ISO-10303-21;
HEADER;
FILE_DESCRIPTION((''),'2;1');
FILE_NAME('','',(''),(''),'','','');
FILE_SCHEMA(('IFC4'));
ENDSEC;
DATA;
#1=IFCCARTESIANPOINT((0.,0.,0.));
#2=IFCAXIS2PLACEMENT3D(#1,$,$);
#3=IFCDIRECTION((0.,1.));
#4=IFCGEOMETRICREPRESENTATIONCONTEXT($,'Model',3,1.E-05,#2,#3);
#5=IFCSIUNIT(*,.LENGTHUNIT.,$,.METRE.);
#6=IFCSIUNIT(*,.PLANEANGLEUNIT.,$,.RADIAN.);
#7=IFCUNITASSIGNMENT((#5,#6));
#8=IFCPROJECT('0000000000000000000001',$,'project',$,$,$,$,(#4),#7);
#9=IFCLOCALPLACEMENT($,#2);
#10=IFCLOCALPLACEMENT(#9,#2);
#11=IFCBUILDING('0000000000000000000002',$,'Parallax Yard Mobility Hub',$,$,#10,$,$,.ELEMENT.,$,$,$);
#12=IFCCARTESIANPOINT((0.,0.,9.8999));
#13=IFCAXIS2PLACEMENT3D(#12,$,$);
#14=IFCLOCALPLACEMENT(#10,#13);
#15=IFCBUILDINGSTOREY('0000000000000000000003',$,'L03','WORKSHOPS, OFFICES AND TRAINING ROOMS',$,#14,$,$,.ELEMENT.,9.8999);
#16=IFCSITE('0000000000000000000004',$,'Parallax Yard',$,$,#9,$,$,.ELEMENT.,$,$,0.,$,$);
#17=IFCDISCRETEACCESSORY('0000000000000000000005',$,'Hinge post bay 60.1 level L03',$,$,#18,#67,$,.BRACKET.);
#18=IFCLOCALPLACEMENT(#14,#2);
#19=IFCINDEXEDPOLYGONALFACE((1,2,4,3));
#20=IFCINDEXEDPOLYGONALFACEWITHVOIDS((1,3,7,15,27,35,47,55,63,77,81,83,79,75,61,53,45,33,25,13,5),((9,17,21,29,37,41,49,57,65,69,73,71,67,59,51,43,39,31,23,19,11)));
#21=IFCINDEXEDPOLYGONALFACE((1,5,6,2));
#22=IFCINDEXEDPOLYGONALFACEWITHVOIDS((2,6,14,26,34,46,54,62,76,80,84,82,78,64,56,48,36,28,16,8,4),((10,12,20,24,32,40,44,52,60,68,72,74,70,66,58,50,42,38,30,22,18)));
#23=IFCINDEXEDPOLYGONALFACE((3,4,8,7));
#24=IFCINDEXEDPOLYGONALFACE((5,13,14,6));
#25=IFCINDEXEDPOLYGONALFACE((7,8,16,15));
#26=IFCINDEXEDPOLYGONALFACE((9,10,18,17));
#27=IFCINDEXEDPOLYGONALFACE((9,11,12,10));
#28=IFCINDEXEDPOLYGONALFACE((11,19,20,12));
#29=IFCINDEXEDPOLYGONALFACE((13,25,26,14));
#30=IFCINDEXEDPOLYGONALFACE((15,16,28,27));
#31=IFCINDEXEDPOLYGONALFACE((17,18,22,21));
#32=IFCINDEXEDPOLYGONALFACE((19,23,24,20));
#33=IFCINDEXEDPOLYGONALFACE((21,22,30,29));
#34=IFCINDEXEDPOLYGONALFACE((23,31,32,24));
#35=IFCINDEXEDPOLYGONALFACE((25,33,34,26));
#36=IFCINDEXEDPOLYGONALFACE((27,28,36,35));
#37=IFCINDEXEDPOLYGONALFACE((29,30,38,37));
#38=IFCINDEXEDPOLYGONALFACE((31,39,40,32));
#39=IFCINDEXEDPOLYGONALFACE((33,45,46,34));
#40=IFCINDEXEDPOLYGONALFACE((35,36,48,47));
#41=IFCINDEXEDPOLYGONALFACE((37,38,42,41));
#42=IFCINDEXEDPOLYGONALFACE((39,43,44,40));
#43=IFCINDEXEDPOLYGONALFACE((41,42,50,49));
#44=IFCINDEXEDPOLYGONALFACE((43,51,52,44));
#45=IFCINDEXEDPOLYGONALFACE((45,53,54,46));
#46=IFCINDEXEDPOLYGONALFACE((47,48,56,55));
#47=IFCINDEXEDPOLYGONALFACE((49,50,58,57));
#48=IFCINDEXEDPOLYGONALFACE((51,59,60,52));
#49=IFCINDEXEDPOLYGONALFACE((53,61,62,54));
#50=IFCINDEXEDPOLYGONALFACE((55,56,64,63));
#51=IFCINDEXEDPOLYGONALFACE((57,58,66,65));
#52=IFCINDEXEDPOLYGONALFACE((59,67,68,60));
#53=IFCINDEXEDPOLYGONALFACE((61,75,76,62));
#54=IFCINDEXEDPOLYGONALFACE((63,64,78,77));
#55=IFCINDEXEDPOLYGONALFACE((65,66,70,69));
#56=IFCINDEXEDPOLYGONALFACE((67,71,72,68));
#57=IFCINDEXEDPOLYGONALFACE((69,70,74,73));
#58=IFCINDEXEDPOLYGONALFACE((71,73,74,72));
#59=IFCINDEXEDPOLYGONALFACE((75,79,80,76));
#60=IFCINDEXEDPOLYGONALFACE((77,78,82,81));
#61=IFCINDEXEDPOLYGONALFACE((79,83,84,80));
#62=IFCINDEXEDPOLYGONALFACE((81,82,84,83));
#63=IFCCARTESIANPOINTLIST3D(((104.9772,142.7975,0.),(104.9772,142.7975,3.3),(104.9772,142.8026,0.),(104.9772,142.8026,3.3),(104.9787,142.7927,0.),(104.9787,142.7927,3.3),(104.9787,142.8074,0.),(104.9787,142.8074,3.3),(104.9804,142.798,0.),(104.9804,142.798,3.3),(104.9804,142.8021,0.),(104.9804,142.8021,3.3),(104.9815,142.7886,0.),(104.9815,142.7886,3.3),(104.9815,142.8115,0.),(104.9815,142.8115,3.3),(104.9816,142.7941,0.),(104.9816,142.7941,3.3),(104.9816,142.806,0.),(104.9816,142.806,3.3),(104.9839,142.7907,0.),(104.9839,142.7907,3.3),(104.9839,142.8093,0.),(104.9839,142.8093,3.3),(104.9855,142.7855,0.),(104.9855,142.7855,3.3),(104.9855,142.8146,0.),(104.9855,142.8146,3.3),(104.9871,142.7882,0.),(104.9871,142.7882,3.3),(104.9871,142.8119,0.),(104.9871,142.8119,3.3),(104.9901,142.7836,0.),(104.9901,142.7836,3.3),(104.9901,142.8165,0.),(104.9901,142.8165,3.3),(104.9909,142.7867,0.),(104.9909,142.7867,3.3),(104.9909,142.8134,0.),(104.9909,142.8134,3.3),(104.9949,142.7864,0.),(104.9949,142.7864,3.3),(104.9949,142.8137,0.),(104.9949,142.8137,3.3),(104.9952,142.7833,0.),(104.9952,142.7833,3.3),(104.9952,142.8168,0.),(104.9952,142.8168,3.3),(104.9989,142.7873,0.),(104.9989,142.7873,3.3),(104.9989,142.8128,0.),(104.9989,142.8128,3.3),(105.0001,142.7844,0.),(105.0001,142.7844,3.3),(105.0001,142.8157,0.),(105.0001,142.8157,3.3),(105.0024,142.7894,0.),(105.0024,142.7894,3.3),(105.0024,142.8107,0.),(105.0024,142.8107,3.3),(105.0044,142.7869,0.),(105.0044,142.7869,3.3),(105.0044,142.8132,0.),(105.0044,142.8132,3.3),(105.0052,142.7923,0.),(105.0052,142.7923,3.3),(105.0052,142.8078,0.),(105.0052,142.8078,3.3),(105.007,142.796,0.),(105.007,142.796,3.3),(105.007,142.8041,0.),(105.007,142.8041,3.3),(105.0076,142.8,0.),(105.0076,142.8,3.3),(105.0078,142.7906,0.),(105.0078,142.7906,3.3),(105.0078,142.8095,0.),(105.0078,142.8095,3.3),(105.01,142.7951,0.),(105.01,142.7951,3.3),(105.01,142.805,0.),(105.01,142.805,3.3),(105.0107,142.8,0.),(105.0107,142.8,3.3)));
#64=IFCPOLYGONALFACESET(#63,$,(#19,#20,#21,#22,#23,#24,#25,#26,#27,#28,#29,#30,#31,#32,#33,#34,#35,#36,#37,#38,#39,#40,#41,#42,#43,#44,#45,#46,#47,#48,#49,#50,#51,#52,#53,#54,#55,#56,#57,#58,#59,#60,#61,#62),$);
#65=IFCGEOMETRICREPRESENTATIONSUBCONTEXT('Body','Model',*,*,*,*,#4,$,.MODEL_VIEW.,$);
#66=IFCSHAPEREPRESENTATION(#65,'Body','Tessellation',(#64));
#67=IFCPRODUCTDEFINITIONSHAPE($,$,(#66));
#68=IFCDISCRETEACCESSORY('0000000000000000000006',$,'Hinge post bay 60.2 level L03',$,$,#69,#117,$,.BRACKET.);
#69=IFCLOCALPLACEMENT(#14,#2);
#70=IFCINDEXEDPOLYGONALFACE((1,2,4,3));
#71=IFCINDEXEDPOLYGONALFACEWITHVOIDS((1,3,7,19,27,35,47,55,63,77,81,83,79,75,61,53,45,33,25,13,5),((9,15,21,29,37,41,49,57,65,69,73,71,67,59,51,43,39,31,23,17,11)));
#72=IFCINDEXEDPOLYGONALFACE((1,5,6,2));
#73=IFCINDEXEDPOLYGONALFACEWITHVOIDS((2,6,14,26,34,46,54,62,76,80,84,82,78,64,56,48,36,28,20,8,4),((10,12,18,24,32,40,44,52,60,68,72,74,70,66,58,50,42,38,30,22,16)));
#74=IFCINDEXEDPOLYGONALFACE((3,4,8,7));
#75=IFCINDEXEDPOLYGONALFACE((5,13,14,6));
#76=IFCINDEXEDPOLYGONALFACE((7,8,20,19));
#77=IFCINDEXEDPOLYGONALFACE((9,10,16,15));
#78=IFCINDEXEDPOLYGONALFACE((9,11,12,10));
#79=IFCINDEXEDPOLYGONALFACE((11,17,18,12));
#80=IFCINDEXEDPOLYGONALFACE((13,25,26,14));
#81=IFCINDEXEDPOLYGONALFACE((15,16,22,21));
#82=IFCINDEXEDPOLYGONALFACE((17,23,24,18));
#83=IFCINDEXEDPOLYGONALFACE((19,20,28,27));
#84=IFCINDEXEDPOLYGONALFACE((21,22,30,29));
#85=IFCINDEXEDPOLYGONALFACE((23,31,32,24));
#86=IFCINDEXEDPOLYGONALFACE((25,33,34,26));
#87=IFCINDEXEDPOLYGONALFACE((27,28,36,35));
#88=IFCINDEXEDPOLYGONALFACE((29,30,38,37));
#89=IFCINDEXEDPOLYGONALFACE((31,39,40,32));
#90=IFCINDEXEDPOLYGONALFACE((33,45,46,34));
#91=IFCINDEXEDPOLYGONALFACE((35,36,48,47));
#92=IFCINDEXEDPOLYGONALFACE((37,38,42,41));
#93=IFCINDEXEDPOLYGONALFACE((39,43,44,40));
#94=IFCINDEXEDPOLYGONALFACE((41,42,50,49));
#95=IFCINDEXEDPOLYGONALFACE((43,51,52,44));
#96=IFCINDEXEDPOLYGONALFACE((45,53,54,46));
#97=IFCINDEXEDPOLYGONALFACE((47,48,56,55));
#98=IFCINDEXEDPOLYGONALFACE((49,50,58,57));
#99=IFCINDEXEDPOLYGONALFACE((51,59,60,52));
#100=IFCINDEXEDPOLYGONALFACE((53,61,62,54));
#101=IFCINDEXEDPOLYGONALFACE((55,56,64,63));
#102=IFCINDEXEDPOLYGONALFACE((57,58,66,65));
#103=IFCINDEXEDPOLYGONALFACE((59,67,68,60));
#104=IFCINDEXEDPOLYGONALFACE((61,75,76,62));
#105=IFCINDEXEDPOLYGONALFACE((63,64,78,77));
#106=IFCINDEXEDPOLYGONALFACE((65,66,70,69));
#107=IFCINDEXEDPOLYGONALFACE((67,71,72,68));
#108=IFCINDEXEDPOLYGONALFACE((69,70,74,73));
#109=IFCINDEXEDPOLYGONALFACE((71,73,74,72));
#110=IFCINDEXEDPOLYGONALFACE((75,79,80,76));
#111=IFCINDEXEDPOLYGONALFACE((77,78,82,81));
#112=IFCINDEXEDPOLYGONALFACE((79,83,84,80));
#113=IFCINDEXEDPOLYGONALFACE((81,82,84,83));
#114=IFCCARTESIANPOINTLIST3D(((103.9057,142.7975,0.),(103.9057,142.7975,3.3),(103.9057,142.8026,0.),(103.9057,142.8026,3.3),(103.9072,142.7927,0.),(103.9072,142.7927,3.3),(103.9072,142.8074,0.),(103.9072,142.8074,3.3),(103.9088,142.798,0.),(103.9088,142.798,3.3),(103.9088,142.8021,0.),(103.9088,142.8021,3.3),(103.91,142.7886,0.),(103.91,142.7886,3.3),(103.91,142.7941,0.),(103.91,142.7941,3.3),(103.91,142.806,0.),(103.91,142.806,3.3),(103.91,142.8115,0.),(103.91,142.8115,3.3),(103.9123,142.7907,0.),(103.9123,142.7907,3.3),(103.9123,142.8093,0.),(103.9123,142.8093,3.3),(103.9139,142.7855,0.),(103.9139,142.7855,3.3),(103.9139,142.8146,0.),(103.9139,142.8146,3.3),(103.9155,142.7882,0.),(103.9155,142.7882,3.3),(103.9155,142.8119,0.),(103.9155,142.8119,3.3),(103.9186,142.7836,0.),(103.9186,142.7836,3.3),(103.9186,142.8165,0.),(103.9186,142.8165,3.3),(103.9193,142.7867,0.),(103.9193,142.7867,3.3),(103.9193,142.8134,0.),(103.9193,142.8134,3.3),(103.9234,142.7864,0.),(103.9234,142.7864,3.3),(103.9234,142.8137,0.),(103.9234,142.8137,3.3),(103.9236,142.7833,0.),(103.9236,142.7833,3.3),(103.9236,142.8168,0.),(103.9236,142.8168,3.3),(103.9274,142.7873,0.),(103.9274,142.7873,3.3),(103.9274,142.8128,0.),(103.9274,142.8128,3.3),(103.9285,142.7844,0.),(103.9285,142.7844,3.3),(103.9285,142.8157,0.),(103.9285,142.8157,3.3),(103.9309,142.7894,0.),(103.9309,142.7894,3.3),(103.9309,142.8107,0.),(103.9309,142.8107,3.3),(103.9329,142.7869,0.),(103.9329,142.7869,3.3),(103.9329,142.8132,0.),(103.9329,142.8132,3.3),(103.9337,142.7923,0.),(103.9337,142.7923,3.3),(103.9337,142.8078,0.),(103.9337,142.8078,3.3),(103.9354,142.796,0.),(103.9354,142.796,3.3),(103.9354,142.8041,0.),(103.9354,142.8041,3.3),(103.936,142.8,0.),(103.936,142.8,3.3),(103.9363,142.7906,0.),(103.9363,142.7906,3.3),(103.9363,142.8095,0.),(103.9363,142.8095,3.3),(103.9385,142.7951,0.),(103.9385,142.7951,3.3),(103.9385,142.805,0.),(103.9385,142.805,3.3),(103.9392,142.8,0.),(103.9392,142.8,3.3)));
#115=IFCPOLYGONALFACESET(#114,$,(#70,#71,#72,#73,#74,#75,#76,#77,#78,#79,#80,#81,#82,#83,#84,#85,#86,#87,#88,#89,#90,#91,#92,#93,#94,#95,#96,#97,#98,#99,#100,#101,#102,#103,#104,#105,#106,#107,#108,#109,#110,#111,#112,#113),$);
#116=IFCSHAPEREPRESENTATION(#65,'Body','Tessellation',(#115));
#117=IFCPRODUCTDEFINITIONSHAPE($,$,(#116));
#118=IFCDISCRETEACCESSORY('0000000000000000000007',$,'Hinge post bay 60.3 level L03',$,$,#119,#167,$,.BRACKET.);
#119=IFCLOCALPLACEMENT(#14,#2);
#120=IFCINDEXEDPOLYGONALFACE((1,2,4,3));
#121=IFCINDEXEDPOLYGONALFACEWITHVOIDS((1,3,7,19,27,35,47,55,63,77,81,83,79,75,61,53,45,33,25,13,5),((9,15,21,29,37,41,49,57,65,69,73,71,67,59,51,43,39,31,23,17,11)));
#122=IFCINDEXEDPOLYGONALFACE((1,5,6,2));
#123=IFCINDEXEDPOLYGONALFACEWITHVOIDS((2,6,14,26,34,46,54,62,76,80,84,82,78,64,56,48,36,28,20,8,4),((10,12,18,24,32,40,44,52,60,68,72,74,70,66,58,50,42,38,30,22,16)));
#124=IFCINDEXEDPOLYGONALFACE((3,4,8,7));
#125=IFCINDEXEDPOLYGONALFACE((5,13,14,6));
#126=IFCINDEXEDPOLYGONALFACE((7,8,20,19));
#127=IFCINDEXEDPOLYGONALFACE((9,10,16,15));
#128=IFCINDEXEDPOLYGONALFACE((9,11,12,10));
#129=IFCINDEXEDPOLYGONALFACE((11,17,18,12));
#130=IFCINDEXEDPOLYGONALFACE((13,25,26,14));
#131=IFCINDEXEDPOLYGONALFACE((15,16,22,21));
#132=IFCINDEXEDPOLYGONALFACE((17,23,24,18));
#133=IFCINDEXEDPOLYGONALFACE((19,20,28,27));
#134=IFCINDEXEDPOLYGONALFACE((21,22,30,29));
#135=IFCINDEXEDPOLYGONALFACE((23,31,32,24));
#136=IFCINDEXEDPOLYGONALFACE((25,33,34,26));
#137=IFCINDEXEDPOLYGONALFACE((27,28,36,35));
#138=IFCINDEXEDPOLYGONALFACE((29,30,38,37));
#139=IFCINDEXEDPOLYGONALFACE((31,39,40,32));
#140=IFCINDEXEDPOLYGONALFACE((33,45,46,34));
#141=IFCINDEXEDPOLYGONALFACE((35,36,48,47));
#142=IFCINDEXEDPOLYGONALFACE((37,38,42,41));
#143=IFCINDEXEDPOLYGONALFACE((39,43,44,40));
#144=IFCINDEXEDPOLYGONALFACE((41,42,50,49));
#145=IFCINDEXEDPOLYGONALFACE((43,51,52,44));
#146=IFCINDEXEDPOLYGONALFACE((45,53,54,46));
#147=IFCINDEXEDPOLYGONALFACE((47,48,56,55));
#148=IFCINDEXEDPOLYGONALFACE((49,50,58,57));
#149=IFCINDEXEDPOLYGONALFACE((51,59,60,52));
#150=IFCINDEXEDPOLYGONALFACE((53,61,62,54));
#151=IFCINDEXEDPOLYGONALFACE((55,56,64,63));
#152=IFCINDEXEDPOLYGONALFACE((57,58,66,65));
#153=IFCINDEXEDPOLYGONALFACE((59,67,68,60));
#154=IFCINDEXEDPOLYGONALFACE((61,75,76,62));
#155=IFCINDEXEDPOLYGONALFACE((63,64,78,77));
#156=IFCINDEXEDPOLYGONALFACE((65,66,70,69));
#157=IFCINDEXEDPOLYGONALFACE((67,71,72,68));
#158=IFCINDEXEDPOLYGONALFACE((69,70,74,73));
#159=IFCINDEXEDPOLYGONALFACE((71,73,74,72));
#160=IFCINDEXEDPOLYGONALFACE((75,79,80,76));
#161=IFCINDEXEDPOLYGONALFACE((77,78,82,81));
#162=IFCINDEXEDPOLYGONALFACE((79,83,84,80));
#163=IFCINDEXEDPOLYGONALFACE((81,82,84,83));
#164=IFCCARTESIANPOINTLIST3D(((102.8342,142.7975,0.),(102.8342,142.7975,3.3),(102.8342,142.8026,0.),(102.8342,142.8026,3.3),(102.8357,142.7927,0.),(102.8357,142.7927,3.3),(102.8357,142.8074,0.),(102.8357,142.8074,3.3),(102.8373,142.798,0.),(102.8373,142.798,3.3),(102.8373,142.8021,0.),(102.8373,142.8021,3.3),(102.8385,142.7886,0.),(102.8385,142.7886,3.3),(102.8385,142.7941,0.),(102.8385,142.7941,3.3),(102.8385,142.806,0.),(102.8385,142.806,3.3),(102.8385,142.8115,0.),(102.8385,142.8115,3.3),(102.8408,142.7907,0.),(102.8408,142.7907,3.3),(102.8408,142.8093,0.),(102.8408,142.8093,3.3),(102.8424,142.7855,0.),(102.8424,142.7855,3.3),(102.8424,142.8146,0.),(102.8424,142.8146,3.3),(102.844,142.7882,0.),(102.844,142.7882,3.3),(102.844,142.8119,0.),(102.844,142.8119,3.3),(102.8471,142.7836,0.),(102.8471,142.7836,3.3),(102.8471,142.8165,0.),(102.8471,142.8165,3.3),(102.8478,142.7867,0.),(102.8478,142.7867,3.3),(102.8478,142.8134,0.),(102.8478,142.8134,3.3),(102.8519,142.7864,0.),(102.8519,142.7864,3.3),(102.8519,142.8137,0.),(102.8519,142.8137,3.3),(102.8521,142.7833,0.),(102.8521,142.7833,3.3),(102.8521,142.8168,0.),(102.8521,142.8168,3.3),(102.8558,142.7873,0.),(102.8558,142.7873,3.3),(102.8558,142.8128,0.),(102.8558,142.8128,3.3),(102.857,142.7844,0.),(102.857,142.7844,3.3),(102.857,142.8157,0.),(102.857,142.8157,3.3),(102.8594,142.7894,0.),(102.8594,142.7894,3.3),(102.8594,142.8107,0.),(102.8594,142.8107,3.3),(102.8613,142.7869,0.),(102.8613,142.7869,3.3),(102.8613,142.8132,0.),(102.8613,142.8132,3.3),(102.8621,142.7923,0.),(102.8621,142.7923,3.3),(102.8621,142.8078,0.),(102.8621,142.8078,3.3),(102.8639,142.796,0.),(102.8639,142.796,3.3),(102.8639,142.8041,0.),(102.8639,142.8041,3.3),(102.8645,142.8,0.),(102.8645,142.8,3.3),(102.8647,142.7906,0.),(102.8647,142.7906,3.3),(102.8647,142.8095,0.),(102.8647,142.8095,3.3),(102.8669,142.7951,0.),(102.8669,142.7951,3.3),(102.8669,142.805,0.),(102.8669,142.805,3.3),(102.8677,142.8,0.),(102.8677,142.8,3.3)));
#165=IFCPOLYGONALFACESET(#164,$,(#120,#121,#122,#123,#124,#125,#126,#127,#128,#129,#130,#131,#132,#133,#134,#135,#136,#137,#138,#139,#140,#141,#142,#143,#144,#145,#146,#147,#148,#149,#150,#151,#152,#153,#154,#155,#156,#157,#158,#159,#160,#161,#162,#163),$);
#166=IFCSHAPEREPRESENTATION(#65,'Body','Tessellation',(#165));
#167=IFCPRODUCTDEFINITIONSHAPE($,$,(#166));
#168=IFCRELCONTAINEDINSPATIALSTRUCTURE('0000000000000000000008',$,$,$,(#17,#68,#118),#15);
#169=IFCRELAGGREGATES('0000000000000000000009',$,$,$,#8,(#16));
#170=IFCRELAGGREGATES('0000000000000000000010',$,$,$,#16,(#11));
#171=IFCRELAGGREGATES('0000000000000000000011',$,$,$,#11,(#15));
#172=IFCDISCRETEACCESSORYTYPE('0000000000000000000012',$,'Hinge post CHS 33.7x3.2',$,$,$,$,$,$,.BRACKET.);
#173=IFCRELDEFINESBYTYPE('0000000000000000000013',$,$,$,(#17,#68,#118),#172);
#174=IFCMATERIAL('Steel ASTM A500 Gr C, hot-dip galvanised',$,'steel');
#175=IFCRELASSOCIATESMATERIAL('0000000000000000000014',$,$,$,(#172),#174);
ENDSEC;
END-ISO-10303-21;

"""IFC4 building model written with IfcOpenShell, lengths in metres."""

from ifc_helpers import new_model, si_unit, direction, frame, origin, origin_2d, place, context, subcontext, project, spatial, hollow_circle, extrude, material, material_profile, profile_set, type_object, element, save


model = new_model("IFC4")

# Units and contexts
model_context = context("Model", 3, precision=1e-05, world=origin(), true_north=direction((0.0, 1.0)))
body_context = subcontext(model_context, "Body", "Model", "MODEL_VIEW")
ifc_project = project(units=[si_unit("LENGTHUNIT", "METRE"), si_unit("PLANEANGLEUNIT", "RADIAN")], contexts=[model_context])

# Site, building, storey
site_placement = place(None, origin())
site = spatial("IfcSite", under=ifc_project, at=site_placement, Name="Parallax Yard", CompositionType="ELEMENT", RefElevation=0.0)
building_placement = place(site_placement, origin())
building = spatial("IfcBuilding", under=site, at=building_placement, Name="Parallax Yard Mobility Hub", CompositionType="ELEMENT")
storey_placement = place(building_placement, frame((0.0, 0.0, 9.8999)))
storey = spatial("IfcBuildingStorey", under=building, at=storey_placement, Name="L03", Description="WORKSHOPS, OFFICES AND TRAINING ROOMS", CompositionType="ELEMENT", Elevation=9.8999)

# Discrete accessories
ifc_material_1 = material(Name="Steel ASTM A500 Gr C, hot-dip galvanised", Category="steel")
ifc_material_profile = material_profile(ifc_material_1, hollow_circle(Radius=0.0168, WallThickness=0.0032, at=origin_2d()), Name="CHS 33.7x3.2")
ifc_profile_set = profile_set([ifc_material_profile], Name="Steel ASTM A500 Gr C, hot-dip galvanised")
discrete_accessory_type = type_object("IfcDiscreteAccessoryType", Name="Hinge post CHS 33.7x3.2", PredefinedType="BRACKET", material=ifc_profile_set)
for number, where, z_axis, x_axis, name in (
    (1, (104.9939, 142.8, 0.0), (0.0, 0.0, 1.0), (1.0, 0.0, 0.0), "Hinge post bay 60.1 level L03"),
    (2, (103.9224, 142.8, 0.0), (0.0, 0.0, 1.0), (1.0, 0.0, 0.0), "Hinge post bay 60.2 level L03"),
    (3, (102.8508, 142.8, 0.0), (0.0, 0.0, 1.0), (1.0, 0.0, 0.0), "Hinge post bay 60.3 level L03"),
):
    element("IfcDiscreteAccessory", number, at=place(storey_placement, frame(where, z_axis=z_axis, x_axis=x_axis)), inside=storey, type_object=discrete_accessory_type, Name=name, PredefinedType="BRACKET", context=body_context, shape_type="SweptSolid", body=[
        extrude(hollow_circle(Radius=0.0168, WallThickness=0.0032, at=origin_2d()), origin(), (0.0, 0.0, 1.0), 3.3),
    ])

save(model, "model.ifc")
